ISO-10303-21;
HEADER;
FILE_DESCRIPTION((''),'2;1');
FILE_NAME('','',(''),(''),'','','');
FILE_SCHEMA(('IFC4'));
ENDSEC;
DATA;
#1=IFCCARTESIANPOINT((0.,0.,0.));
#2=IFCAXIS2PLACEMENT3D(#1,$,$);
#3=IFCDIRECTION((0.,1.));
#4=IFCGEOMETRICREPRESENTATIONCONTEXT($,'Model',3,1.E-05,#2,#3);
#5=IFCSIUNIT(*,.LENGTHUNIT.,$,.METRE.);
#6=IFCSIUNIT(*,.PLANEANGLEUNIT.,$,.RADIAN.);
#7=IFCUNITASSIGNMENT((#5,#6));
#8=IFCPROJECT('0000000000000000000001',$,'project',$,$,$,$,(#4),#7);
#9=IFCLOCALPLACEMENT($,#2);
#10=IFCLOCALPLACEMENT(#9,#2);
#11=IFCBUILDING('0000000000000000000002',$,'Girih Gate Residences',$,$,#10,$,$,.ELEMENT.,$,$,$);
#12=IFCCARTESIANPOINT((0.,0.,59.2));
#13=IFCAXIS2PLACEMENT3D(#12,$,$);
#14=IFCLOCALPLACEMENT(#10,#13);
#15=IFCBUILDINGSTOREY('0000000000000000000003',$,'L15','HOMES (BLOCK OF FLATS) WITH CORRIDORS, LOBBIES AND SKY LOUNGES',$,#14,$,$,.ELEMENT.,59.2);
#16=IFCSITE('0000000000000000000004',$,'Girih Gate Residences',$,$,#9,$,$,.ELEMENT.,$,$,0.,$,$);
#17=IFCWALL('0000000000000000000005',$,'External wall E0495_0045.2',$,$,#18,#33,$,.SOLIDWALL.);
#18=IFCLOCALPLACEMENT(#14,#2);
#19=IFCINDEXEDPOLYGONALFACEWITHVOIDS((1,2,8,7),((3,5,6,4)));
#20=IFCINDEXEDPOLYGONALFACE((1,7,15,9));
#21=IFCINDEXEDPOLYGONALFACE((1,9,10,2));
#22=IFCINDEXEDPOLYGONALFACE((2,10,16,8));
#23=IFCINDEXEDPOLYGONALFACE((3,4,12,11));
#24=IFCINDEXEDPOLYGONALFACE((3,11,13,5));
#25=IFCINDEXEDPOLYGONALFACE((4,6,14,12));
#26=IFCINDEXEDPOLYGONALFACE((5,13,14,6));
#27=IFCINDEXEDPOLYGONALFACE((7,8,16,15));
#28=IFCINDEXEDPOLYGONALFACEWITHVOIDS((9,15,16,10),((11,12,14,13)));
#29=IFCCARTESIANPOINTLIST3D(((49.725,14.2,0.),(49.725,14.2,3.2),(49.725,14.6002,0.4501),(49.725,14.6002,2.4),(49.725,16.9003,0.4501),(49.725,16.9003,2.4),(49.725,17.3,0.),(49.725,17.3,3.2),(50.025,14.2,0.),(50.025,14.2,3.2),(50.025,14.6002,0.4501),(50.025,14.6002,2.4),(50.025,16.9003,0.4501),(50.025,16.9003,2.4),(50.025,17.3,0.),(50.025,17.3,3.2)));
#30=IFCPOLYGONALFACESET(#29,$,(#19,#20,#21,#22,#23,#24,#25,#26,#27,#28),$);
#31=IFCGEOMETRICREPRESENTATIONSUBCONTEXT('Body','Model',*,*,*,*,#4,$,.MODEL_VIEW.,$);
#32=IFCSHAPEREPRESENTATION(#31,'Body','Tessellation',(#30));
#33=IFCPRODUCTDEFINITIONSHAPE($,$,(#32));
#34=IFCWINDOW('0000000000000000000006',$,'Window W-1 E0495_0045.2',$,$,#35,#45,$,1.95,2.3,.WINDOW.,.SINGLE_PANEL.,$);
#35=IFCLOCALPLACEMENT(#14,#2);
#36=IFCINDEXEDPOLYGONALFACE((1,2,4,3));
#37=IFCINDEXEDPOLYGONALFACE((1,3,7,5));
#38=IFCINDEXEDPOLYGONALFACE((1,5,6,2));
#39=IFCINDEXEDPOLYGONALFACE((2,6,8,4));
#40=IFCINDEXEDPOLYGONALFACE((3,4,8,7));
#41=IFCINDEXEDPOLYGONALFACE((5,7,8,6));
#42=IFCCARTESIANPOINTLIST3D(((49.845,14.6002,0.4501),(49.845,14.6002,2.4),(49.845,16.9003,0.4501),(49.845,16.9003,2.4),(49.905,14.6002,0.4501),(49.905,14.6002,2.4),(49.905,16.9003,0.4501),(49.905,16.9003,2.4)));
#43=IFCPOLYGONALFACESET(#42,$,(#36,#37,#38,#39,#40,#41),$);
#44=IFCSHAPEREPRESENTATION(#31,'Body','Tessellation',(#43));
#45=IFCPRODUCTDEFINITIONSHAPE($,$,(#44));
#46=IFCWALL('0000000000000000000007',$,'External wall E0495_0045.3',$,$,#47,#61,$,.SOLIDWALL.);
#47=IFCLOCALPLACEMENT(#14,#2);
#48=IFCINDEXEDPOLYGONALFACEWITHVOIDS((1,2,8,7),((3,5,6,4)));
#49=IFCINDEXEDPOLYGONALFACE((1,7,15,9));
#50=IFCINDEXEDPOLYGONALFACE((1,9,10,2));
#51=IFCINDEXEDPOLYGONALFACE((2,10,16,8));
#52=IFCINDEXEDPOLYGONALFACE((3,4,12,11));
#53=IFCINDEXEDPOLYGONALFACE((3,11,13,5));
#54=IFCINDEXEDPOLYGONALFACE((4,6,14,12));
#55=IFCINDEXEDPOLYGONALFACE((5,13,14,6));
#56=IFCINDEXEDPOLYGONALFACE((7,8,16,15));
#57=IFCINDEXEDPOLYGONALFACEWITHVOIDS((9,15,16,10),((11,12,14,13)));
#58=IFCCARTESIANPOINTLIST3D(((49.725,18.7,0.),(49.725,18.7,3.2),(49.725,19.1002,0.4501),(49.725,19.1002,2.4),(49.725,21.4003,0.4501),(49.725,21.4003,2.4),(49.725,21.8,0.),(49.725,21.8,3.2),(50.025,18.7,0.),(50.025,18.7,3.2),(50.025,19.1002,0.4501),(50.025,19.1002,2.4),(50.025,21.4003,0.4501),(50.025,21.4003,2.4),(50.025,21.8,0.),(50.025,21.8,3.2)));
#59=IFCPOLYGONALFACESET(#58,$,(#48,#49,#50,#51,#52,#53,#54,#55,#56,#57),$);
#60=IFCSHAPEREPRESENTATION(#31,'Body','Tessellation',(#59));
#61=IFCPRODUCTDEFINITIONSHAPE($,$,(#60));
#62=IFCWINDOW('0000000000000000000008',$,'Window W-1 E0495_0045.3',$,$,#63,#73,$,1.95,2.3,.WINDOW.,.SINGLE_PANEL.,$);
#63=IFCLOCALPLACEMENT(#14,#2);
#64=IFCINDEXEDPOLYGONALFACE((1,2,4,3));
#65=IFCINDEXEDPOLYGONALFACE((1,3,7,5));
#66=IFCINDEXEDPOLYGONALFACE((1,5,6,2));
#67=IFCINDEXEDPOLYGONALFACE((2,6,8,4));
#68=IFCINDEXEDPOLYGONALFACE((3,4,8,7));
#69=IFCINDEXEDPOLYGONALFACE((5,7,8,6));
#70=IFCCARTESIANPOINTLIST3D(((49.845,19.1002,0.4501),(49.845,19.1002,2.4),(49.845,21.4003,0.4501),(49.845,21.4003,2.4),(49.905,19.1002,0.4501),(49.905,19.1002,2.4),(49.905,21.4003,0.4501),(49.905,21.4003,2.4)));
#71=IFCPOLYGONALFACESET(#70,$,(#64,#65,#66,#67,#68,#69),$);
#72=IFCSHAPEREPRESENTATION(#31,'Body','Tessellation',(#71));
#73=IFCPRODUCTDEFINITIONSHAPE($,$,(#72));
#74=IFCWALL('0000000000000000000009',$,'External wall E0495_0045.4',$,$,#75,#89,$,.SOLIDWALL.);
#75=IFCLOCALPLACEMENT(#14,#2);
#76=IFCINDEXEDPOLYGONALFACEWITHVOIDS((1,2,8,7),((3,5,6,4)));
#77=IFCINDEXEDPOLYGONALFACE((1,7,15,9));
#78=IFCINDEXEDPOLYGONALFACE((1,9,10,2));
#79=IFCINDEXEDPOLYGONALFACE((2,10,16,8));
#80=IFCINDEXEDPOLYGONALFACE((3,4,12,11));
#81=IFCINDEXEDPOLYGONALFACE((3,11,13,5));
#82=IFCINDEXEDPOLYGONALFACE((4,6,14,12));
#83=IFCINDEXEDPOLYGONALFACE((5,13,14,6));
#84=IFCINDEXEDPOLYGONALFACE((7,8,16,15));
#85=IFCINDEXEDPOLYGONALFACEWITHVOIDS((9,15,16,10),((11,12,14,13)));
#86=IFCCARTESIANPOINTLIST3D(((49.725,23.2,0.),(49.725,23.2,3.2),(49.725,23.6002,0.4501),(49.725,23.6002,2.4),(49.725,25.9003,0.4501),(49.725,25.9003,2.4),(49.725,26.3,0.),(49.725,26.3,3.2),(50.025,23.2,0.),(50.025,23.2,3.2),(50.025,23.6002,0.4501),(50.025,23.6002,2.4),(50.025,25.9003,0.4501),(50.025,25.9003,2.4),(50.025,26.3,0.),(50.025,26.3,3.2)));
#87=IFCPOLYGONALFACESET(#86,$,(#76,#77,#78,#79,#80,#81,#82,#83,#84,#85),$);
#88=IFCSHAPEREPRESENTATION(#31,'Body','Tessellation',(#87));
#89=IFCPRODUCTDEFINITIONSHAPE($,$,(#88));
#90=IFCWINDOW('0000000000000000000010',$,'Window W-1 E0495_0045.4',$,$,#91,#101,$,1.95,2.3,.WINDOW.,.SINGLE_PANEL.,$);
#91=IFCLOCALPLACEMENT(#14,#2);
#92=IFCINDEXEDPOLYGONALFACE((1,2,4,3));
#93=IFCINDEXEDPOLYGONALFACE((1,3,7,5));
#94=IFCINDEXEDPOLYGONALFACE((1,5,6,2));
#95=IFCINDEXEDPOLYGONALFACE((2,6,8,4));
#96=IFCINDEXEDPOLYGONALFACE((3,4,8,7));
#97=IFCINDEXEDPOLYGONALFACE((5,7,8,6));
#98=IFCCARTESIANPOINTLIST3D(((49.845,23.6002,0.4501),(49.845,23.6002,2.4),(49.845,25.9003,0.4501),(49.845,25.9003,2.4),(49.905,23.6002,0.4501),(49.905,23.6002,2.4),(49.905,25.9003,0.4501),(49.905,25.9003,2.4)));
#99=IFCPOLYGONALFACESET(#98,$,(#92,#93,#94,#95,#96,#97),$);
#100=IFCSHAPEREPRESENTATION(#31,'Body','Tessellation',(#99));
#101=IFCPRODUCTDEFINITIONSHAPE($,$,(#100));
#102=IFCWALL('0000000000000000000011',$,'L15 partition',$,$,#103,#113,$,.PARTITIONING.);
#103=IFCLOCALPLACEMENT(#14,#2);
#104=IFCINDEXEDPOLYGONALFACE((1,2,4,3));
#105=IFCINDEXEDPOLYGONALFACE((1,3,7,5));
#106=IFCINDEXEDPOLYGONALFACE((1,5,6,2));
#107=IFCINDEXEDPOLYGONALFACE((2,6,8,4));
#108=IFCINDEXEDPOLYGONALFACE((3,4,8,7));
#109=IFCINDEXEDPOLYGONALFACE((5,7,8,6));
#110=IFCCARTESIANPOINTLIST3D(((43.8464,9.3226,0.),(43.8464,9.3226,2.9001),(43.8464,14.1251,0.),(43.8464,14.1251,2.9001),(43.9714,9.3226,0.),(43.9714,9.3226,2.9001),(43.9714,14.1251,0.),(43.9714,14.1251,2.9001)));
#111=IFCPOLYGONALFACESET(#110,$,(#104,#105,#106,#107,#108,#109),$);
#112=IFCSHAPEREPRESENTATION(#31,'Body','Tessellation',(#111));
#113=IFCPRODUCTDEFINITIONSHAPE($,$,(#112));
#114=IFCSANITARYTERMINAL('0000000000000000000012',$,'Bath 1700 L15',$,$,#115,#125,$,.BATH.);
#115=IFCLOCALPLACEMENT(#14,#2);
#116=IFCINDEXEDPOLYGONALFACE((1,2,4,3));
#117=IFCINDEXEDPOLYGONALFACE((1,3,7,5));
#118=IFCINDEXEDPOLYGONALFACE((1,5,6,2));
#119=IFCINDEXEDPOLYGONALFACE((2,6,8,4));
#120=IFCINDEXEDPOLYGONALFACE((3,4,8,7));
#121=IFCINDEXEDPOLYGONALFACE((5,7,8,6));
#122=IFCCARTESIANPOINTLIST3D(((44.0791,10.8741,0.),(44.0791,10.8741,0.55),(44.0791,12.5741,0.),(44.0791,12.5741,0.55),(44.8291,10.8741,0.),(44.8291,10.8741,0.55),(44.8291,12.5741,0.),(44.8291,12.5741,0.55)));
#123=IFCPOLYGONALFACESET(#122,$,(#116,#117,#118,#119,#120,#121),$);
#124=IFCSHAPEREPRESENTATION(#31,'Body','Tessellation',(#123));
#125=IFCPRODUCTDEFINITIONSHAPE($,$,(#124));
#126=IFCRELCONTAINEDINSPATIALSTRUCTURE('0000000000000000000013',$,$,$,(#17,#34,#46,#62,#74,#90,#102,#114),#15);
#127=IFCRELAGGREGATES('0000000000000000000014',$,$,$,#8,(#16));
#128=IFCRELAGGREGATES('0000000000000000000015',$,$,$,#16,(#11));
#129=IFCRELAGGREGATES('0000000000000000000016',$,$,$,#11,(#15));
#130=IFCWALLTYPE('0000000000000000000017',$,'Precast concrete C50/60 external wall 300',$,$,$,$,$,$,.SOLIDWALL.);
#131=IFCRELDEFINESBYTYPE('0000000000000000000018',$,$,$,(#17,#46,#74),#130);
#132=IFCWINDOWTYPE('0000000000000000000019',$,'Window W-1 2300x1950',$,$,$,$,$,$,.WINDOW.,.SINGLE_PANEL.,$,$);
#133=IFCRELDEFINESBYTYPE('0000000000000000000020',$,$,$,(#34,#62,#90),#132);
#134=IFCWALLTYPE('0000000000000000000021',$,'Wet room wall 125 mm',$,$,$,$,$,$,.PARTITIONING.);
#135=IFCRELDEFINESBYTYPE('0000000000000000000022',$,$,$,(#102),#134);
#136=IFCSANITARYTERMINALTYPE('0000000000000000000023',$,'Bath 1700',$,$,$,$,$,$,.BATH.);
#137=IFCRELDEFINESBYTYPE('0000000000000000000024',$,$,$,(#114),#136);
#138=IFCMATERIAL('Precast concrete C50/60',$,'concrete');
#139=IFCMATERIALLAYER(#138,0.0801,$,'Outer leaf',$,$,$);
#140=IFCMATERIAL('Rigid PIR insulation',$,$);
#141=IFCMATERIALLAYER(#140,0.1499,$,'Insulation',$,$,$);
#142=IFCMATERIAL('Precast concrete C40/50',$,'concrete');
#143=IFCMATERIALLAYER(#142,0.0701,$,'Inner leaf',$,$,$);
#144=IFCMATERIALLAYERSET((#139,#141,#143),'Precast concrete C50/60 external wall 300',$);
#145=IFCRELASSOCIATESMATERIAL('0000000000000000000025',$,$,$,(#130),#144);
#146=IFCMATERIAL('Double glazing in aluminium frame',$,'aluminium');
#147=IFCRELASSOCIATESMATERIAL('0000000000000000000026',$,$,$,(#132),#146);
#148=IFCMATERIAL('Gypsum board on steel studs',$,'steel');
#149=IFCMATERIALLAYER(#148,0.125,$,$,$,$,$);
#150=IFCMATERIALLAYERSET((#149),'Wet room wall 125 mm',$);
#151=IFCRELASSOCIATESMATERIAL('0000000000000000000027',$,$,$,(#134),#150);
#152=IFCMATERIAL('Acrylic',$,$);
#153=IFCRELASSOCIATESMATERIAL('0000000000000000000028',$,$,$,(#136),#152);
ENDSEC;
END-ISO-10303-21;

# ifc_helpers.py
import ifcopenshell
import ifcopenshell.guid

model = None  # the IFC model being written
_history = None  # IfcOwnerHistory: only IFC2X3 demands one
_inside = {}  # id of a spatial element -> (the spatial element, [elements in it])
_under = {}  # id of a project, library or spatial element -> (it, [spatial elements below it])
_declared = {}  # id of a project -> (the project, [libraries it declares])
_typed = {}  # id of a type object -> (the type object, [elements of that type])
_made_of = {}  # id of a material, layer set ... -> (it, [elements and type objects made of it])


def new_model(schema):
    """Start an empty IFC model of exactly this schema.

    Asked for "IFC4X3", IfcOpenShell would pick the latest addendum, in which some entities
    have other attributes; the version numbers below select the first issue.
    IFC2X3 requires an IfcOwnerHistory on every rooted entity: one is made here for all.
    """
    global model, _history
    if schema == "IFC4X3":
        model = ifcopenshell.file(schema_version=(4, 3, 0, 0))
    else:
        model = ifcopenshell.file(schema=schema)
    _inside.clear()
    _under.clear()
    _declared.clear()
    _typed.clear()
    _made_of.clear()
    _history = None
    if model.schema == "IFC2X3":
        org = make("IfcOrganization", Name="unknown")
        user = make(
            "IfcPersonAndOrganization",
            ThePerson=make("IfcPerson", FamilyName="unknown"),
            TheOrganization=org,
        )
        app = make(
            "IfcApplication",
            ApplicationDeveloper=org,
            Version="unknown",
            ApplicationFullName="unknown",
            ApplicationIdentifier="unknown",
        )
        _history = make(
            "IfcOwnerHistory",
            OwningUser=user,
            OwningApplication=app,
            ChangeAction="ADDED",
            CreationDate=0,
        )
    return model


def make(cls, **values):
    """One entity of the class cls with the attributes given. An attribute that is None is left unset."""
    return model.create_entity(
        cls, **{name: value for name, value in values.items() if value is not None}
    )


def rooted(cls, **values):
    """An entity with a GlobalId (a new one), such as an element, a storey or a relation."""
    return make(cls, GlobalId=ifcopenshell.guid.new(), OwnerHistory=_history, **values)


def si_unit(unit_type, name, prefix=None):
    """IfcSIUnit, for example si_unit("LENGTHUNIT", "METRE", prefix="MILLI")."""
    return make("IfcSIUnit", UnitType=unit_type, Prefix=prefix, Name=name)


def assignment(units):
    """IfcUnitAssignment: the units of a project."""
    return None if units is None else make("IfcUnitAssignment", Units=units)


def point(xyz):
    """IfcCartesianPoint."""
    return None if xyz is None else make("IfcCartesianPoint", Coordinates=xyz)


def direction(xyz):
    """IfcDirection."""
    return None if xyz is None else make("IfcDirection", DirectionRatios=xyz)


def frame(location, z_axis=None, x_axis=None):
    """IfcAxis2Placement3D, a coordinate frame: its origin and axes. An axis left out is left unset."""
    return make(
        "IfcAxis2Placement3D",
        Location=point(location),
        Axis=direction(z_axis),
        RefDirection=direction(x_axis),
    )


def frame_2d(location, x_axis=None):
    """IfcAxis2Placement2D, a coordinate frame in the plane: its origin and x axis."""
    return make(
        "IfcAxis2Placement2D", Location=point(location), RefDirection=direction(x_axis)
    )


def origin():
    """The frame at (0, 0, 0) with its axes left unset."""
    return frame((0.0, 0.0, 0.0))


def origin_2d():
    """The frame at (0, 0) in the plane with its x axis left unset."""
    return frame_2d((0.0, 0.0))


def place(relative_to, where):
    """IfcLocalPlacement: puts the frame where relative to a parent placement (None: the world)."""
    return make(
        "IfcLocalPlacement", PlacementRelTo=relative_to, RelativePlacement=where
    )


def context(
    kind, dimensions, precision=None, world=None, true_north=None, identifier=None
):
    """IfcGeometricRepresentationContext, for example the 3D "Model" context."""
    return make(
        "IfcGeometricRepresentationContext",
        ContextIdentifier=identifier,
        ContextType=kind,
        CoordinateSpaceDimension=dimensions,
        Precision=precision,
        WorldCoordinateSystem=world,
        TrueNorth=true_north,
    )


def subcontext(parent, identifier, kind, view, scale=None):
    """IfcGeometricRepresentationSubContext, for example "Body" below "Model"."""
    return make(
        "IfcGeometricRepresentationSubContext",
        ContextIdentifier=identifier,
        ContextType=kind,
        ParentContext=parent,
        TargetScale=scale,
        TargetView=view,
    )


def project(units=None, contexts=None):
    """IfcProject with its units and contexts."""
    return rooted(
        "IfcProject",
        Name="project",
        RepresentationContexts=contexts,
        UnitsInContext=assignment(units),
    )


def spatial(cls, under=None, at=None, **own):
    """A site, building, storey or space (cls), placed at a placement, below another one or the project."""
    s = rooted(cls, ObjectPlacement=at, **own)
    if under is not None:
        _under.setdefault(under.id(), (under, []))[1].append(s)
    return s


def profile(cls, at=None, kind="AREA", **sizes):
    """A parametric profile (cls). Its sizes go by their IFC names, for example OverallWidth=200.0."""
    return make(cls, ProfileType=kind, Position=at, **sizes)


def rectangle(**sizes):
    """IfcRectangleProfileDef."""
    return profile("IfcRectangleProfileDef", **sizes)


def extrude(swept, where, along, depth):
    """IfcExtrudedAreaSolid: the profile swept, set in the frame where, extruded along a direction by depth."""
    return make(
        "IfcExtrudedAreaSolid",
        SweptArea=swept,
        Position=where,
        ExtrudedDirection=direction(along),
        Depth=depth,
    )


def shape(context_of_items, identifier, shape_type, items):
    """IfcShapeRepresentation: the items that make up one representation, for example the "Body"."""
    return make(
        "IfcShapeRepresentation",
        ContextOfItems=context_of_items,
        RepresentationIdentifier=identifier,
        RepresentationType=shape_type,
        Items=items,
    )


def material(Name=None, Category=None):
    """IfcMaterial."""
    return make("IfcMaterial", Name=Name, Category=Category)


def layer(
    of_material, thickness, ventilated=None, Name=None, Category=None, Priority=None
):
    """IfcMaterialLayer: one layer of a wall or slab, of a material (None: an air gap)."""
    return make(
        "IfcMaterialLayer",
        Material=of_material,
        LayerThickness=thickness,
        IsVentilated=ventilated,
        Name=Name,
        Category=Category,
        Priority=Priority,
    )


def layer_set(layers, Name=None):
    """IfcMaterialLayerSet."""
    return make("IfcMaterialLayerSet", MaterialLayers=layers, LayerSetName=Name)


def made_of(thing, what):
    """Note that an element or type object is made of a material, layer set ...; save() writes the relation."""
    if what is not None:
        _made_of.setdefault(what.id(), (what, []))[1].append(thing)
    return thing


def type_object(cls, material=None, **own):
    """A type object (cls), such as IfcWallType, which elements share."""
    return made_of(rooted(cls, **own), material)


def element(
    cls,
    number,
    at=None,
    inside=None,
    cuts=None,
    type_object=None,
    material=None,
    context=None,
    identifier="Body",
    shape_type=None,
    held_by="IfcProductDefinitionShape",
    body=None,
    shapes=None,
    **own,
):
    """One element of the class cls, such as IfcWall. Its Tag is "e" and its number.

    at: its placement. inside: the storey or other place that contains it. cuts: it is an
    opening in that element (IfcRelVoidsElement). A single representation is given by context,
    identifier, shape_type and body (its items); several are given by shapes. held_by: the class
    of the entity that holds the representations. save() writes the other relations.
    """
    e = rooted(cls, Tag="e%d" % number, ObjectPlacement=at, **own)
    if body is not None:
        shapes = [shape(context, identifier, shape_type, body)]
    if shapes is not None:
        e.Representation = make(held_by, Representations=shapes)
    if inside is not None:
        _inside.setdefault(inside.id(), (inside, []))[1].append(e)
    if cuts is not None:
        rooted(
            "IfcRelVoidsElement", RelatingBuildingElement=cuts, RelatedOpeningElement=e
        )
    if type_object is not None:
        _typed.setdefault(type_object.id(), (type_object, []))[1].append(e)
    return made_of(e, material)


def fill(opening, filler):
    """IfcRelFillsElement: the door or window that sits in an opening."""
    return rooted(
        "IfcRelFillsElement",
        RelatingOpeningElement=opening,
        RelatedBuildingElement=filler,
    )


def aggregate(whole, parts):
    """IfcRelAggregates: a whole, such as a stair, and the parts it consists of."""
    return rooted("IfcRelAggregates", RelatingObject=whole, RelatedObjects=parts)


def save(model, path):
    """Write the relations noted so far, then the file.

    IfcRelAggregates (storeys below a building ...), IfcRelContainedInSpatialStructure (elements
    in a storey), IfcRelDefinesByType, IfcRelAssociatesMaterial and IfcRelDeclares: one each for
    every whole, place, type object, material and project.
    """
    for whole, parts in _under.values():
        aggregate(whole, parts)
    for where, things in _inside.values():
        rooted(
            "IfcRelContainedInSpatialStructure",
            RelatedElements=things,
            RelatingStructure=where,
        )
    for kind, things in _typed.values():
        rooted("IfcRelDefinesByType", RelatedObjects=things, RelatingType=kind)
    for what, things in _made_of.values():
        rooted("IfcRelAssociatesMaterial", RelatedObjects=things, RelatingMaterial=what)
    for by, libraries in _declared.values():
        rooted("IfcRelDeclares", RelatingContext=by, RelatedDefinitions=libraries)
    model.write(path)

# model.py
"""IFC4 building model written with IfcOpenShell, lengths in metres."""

from ifc_helpers import new_model, si_unit, direction, frame, frame_2d, origin, origin_2d, place, context, subcontext, project, spatial, rectangle, extrude, material, layer, layer_set, type_object, element, fill, save


model = new_model("IFC4")

# Units and contexts
model_context = context("Model", 3, precision=1e-05, world=origin(), true_north=direction((0.0, 1.0)))
body_context = subcontext(model_context, "Body", "Model", "MODEL_VIEW")
ifc_project = project(units=[si_unit("LENGTHUNIT", "METRE"), si_unit("PLANEANGLEUNIT", "RADIAN")], contexts=[model_context])

# Site, building, storey
site_placement = place(None, origin())
site = spatial("IfcSite", under=ifc_project, at=site_placement, Name="Girih Gate Residences", CompositionType="ELEMENT", RefElevation=0.0)
building_placement = place(site_placement, origin())
building = spatial("IfcBuilding", under=site, at=building_placement, Name="Girih Gate Residences", CompositionType="ELEMENT")
storey_placement = place(building_placement, frame((0.0, 0.0, 59.2)))
storey = spatial("IfcBuildingStorey", under=building, at=storey_placement, Name="L15", Description="HOMES (BLOCK OF FLATS) WITH CORRIDORS, LOBBIES AND SKY LOUNGES", CompositionType="ELEMENT", Elevation=59.2)

# Shared definitions
ifc_material_1 = material(Name="Gypsum board on steel studs", Category="steel")

# Walls, openings, windows
ifc_material_2 = material(Name="Precast concrete C50/60", Category="concrete")
ifc_layer_1 = layer(ifc_material_2, 0.0801, Name="Outer leaf")
ifc_material_3 = material(Name="Rigid PIR insulation")
ifc_layer_2 = layer(ifc_material_3, 0.1499, Name="Insulation")
ifc_material_4 = material(Name="Precast concrete C40/50", Category="concrete")
ifc_layer_3 = layer(ifc_material_4, 0.0701, Name="Inner leaf")
ifc_layer_set_1 = layer_set([ifc_layer_1, ifc_layer_2, ifc_layer_3], Name="Precast concrete C50/60 external wall 300")
wall_type_1 = type_object("IfcWallType", Name="Precast concrete C50/60 external wall 300", PredefinedType="SOLIDWALL", material=ifc_layer_set_1)
ifc_material_5 = material(Name="Double glazing in aluminium frame", Category="aluminium")
window_type = type_object("IfcWindowType", Name="Window W-1 2300x1950", PartitioningType="SINGLE_PANEL", PredefinedType="WINDOW", material=ifc_material_5)
wall_1_placement = place(storey_placement, frame((49.875, 17.3, 0.0), z_axis=(0.0, 0.0, 1.0), x_axis=(0.0, -1.0, 0.0)))
wall_1 = element("IfcWall", 1, at=wall_1_placement, inside=storey, type_object=wall_type_1, Name="External wall E0495_0045.2", PredefinedType="SOLIDWALL", context=body_context, shape_type="SweptSolid", body=[
    extrude(rectangle(XDim=3.1001, YDim=0.3, at=frame_2d((1.55, 0.0))), origin(), (0.0, 0.0, 1.0), 3.2),
])
opening_1_placement = place(wall_1_placement, frame((0.3999, 0.0, 0.45)))
opening_1 = element("IfcOpeningElement", 2, at=opening_1_placement, cuts=wall_1, PredefinedType="OPENING", context=body_context, shape_type="SweptSolid", body=[
    extrude(rectangle(XDim=2.3, YDim=1.95, at=frame_2d((1.1499, 0.9751))), frame((0.0, 0.1599, 0.0), z_axis=(0.0, -1.0, 0.0), x_axis=(1.0, 0.0, 0.0)), (0.0, 0.0, 1.0), 0.3201),
])
window_1_placement = place(opening_1_placement, origin())
window_1 = element("IfcWindow", 3, at=window_1_placement, inside=storey, type_object=window_type, Name="Window W-1 E0495_0045.2", OverallHeight=1.95, OverallWidth=2.3, PartitioningType="SINGLE_PANEL", PredefinedType="WINDOW", context=body_context, shape_type="SweptSolid", body=[
    extrude(rectangle(XDim=2.3, YDim=1.95, at=frame_2d((1.1499, 0.9751))), frame((0.0, 0.03, 0.0), z_axis=(0.0, -1.0, 0.0), x_axis=(1.0, 0.0, 0.0)), (0.0, 0.0, 1.0), 0.0601),
])
fill(opening_1, window_1)
wall_2_placement = place(storey_placement, frame((49.875, 21.8, 0.0), z_axis=(0.0, 0.0, 1.0), x_axis=(0.0, -1.0, 0.0)))
wall_2 = element("IfcWall", 4, at=wall_2_placement, inside=storey, type_object=wall_type_1, Name="External wall E0495_0045.3", PredefinedType="SOLIDWALL", context=body_context, shape_type="SweptSolid", body=[
    extrude(rectangle(XDim=3.1001, YDim=0.3, at=frame_2d((1.55, 0.0))), origin(), (0.0, 0.0, 1.0), 3.2),
])
opening_2_placement = place(wall_2_placement, frame((0.3999, 0.0, 0.45)))
opening_2 = element("IfcOpeningElement", 5, at=opening_2_placement, cuts=wall_2, PredefinedType="OPENING", context=body_context, shape_type="SweptSolid", body=[
    extrude(rectangle(XDim=2.3, YDim=1.95, at=frame_2d((1.1499, 0.9751))), frame((0.0, 0.1599, 0.0), z_axis=(0.0, -1.0, 0.0), x_axis=(1.0, 0.0, 0.0)), (0.0, 0.0, 1.0), 0.3201),
])
window_2_placement = place(opening_2_placement, origin())
window_2 = element("IfcWindow", 6, at=window_2_placement, inside=storey, type_object=window_type, Name="Window W-1 E0495_0045.3", OverallHeight=1.95, OverallWidth=2.3, PartitioningType="SINGLE_PANEL", PredefinedType="WINDOW", context=body_context, shape_type="SweptSolid", body=[
    extrude(rectangle(XDim=2.3, YDim=1.95, at=frame_2d((1.1499, 0.9751))), frame((0.0, 0.03, 0.0), z_axis=(0.0, -1.0, 0.0), x_axis=(1.0, 0.0, 0.0)), (0.0, 0.0, 1.0), 0.0601),
])
fill(opening_2, window_2)
wall_3_placement = place(storey_placement, frame((49.875, 26.3, 0.0), z_axis=(0.0, 0.0, 1.0), x_axis=(0.0, -1.0, 0.0)))
wall_3 = element("IfcWall", 7, at=wall_3_placement, inside=storey, type_object=wall_type_1, Name="External wall E0495_0045.4", PredefinedType="SOLIDWALL", context=body_context, shape_type="SweptSolid", body=[
    extrude(rectangle(XDim=3.1001, YDim=0.3, at=frame_2d((1.55, 0.0))), origin(), (0.0, 0.0, 1.0), 3.2),
])
opening_3_placement = place(wall_3_placement, frame((0.3999, 0.0, 0.45)))
opening_3 = element("IfcOpeningElement", 8, at=opening_3_placement, cuts=wall_3, PredefinedType="OPENING", context=body_context, shape_type="SweptSolid", body=[
    extrude(rectangle(XDim=2.3, YDim=1.95, at=frame_2d((1.1499, 0.9751))), frame((0.0, 0.1599, 0.0), z_axis=(0.0, -1.0, 0.0), x_axis=(1.0, 0.0, 0.0)), (0.0, 0.0, 1.0), 0.3201),
])
window_3_placement = place(opening_3_placement, origin())
window_3 = element("IfcWindow", 9, at=window_3_placement, inside=storey, type_object=window_type, Name="Window W-1 E0495_0045.4", OverallHeight=1.95, OverallWidth=2.3, PartitioningType="SINGLE_PANEL", PredefinedType="WINDOW", context=body_context, shape_type="SweptSolid", body=[
    extrude(rectangle(XDim=2.3, YDim=1.95, at=frame_2d((1.1499, 0.9751))), frame((0.0, 0.03, 0.0), z_axis=(0.0, -1.0, 0.0), x_axis=(1.0, 0.0, 0.0)), (0.0, 0.0, 1.0), 0.0601),
])
fill(opening_3, window_3)

# Wall
ifc_layer_4 = layer(ifc_material_1, 0.125)
ifc_layer_set_2 = layer_set([ifc_layer_4], Name="Wet room wall 125 mm")
wall_type_2 = type_object("IfcWallType", Name="Wet room wall 125 mm", PredefinedType="PARTITIONING", material=ifc_layer_set_2)
wall_4_placement = place(storey_placement, frame((43.9089, 9.3225, 0.0), z_axis=(0.0, 0.0, 1.0), x_axis=(0.0, 1.0, 0.0)))
element("IfcWall", 10, at=wall_4_placement, inside=storey, type_object=wall_type_2, Name="L15 partition", PredefinedType="PARTITIONING", context=body_context, shape_type="SweptSolid", body=[
    extrude(rectangle(XDim=4.8025, YDim=0.125, at=frame_2d((2.4014, 0.0))), origin(), (0.0, 0.0, 1.0), 2.9001),
])

# Sanitary terminal
ifc_material_6 = material(Name="Acrylic")
sanitary_terminal_type = type_object("IfcSanitaryTerminalType", Name="Bath 1700", PredefinedType="BATH", material=ifc_material_6)
sanitary_terminal_placement = place(storey_placement, frame((44.4541, 11.7241, 0.0), z_axis=(0.0, 0.0, 1.0), x_axis=(1.0, 0.0, 0.0)))
element("IfcSanitaryTerminal", 11, at=sanitary_terminal_placement, inside=storey, type_object=sanitary_terminal_type, Name="Bath 1700 L15", PredefinedType="BATH", context=body_context, shape_type="SweptSolid", body=[
    extrude(rectangle(XDim=0.75, YDim=1.7, at=origin_2d()), origin(), (0.0, 0.0, 1.0), 0.55),
])

save(model, "model.ifc")
